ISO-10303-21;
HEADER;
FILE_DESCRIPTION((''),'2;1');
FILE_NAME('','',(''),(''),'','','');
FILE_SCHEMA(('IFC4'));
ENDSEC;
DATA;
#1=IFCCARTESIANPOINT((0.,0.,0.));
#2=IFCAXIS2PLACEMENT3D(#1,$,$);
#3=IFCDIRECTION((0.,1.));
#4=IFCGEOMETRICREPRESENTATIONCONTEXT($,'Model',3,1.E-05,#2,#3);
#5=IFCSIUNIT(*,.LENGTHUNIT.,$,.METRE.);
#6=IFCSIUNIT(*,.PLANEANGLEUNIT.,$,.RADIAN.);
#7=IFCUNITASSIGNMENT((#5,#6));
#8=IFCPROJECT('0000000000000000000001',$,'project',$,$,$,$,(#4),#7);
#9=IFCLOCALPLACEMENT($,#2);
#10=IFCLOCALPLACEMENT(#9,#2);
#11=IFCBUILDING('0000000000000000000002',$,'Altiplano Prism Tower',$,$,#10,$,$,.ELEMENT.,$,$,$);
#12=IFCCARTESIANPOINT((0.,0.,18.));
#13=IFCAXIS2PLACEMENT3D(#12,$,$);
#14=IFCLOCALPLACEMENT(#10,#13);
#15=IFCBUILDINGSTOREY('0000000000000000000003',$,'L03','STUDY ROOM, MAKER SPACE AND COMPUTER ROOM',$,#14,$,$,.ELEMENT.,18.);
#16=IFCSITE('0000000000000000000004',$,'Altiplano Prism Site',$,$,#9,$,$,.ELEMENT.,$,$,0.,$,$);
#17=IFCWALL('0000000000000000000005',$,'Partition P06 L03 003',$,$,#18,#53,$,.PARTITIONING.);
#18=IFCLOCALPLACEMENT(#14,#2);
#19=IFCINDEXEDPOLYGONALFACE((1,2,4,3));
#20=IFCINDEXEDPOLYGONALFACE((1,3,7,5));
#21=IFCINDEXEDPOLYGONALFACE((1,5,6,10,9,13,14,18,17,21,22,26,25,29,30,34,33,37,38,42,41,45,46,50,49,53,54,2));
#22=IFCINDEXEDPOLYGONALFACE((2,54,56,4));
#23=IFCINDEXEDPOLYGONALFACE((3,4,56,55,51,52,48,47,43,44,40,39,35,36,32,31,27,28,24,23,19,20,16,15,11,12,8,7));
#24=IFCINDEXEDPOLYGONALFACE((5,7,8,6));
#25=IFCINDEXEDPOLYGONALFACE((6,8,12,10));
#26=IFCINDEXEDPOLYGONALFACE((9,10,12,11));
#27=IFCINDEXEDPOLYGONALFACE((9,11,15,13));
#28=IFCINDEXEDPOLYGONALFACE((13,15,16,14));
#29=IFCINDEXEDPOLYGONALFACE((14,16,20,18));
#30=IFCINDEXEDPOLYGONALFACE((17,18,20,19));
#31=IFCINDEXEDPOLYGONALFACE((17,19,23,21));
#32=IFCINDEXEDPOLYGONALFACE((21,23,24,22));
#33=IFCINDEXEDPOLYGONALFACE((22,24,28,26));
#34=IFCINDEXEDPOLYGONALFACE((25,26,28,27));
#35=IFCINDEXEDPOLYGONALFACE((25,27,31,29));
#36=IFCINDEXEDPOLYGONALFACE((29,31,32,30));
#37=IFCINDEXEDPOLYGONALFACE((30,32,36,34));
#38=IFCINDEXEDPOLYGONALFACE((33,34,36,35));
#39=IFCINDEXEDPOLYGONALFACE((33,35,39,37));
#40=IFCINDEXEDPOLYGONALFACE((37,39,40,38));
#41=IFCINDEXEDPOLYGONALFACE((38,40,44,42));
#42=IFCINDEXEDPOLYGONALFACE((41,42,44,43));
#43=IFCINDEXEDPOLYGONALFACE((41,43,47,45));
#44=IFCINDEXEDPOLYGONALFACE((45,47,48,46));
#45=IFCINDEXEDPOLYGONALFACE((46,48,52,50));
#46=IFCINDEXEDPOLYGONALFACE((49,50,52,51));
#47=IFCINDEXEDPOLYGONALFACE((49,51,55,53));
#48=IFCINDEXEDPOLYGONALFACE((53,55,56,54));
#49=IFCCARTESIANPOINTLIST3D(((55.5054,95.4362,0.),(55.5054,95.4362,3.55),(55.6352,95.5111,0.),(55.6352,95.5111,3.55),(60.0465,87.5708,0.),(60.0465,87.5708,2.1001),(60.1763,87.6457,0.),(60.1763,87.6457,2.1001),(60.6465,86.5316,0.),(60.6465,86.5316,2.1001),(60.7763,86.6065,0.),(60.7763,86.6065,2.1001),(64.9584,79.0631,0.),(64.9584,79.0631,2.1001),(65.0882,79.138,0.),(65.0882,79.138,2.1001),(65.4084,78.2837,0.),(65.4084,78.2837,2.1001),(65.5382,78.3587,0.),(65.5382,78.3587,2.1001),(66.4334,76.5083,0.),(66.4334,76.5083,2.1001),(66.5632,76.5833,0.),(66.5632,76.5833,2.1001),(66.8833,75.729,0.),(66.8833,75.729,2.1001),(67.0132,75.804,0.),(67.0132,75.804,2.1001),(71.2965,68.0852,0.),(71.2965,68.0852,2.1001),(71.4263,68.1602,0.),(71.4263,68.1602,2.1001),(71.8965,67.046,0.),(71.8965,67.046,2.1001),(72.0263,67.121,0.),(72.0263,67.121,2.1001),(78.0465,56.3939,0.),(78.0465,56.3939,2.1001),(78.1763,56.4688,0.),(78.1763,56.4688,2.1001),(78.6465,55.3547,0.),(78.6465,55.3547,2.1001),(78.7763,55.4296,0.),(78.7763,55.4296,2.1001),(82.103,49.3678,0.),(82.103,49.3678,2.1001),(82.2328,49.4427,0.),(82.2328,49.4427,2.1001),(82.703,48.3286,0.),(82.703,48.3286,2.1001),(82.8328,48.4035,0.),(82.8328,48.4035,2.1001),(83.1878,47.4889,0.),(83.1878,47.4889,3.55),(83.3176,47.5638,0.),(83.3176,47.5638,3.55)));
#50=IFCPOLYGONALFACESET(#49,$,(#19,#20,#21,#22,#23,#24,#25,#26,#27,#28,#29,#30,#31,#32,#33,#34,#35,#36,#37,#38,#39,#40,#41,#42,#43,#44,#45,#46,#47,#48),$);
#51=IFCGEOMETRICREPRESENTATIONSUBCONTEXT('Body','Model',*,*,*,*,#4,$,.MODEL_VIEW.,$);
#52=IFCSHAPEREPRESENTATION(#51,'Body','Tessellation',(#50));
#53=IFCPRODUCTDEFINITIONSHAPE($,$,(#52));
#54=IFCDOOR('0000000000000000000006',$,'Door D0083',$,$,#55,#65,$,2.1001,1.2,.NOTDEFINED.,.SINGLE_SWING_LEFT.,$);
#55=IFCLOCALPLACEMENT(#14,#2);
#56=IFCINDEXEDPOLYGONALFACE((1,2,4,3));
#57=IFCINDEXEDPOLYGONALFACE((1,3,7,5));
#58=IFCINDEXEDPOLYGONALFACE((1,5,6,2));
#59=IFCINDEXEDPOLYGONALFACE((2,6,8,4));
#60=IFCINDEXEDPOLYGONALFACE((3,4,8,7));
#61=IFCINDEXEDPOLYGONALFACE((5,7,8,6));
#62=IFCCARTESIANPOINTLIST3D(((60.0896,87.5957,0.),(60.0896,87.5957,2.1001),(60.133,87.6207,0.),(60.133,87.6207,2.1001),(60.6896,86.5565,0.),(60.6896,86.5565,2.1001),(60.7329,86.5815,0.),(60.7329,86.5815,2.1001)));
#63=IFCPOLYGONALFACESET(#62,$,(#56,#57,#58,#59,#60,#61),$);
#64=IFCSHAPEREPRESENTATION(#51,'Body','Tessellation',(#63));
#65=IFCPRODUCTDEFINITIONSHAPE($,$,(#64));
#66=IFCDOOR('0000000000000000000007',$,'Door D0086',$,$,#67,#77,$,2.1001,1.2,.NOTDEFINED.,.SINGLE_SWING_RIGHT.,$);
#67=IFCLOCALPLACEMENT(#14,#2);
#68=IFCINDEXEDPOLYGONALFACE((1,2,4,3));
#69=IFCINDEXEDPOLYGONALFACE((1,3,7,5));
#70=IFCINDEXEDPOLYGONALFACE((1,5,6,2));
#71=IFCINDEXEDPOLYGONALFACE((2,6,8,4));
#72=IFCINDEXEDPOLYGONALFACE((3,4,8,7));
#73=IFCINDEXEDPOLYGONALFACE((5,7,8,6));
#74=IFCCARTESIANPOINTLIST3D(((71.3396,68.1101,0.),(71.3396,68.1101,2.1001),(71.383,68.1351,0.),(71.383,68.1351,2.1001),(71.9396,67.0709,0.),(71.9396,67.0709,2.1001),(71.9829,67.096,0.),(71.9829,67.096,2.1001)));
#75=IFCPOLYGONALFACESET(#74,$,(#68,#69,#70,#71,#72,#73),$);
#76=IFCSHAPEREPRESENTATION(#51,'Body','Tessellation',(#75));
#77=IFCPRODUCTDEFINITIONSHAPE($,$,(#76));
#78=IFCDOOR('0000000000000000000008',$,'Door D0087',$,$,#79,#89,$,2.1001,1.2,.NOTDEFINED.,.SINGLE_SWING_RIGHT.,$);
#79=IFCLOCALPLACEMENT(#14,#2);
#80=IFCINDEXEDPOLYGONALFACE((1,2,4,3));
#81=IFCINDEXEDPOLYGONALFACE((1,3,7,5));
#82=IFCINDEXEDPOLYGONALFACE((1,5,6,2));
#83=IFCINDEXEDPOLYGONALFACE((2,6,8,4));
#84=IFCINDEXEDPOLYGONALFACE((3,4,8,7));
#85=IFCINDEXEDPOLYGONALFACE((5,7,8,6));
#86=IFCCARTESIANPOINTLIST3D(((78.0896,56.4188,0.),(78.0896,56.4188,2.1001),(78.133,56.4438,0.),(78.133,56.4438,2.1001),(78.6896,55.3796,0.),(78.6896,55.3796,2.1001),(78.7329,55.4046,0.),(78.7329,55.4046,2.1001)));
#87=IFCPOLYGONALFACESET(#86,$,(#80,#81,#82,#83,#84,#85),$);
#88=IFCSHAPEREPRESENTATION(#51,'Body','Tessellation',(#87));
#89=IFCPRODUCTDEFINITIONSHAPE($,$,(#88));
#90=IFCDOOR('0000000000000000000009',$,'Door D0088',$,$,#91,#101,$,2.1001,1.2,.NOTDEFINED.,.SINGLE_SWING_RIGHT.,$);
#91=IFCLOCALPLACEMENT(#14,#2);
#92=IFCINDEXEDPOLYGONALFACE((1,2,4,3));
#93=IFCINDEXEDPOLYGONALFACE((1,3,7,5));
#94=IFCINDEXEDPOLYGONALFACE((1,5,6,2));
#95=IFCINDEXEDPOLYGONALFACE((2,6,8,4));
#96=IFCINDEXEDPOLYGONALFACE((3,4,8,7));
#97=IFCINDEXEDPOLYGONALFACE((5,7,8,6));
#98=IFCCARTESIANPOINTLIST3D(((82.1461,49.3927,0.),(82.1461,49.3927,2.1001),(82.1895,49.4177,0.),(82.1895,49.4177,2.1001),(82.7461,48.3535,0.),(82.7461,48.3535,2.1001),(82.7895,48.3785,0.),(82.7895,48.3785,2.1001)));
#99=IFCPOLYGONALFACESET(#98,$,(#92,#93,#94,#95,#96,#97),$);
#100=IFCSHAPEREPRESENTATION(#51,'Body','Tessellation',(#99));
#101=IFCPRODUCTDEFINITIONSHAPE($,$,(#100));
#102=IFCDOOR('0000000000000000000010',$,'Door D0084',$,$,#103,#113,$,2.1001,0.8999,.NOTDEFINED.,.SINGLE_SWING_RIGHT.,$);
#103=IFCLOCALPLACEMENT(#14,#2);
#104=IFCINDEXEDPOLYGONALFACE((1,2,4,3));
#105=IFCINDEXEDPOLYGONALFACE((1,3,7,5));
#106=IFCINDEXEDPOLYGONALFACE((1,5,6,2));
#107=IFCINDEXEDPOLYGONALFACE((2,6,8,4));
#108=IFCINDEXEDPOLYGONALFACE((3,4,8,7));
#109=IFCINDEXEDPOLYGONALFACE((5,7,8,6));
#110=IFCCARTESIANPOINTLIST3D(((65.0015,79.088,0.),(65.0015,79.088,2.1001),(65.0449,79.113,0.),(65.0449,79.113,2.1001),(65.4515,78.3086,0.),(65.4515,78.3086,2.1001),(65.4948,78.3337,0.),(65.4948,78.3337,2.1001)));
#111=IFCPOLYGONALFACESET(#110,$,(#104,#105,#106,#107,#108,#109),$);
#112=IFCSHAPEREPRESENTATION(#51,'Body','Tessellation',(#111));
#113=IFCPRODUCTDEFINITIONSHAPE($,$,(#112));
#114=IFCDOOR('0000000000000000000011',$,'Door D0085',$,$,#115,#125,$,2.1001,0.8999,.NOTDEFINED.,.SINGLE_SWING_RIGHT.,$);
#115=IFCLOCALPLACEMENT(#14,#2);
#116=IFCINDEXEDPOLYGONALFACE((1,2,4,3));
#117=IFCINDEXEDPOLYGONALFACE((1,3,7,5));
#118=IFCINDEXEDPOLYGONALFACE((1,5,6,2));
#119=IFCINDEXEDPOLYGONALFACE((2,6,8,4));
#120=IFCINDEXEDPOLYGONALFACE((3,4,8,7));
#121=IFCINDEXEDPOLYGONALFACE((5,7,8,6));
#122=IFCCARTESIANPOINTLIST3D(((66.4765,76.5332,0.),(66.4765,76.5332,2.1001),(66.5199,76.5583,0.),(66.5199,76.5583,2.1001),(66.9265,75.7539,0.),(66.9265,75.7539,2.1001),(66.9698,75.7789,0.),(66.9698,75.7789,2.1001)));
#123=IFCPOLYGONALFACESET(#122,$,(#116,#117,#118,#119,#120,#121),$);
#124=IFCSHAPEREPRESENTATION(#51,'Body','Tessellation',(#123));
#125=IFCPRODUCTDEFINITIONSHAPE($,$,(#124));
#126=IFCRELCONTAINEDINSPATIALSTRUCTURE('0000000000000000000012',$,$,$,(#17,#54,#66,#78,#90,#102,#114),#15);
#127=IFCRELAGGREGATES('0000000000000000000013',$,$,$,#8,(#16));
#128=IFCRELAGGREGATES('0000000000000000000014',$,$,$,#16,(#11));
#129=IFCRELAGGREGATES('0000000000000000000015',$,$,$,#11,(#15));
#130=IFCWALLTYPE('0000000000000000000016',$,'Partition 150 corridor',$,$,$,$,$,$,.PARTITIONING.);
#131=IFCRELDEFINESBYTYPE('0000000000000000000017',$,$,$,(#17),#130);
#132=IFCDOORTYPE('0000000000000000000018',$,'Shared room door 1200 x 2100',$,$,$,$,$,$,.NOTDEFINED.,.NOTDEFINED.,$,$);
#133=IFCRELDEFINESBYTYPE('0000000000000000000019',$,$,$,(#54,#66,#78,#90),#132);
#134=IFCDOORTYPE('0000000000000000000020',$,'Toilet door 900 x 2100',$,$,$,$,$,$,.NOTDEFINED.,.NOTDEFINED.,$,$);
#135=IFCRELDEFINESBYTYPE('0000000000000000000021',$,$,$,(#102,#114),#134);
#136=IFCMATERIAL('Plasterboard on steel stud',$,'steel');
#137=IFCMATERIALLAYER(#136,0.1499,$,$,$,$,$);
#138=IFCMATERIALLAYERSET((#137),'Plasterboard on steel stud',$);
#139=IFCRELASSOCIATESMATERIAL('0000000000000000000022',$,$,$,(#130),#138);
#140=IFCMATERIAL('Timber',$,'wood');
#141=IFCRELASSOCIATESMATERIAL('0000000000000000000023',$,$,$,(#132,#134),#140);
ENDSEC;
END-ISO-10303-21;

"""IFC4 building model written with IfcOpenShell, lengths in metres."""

from ifc_helpers import new_model, si_unit, direction, frame, frame_2d, origin, place, context, subcontext, project, spatial, rectangle, extrude, material, layer, layer_set, type_object, element, fill, save


model = new_model("IFC4")

# Units and contexts
model_context = context("Model", 3, precision=1e-05, world=origin(), true_north=direction((0.0, 1.0)))
body_context = subcontext(model_context, "Body", "Model", "MODEL_VIEW")
ifc_project = project(units=[si_unit("LENGTHUNIT", "METRE"), si_unit("PLANEANGLEUNIT", "RADIAN")], contexts=[model_context])

# Site, building, storey
site_placement = place(None, origin())
site = spatial("IfcSite", under=ifc_project, at=site_placement, Name="Altiplano Prism Site", CompositionType="ELEMENT", RefElevation=0.0)
building_placement = place(site_placement, origin())
building = spatial("IfcBuilding", under=site, at=building_placement, Name="Altiplano Prism Tower", CompositionType="ELEMENT")
storey_placement = place(building_placement, frame((0.0, 0.0, 18.0)))
storey = spatial("IfcBuildingStorey", under=building, at=storey_placement, Name="L03", Description="STUDY ROOM, MAKER SPACE AND COMPUTER ROOM", CompositionType="ELEMENT", Elevation=18.0)

# Shared definitions
ifc_material_1 = material(Name="Plasterboard on steel stud", Category="steel")
ifc_layer_1 = layer(ifc_material_1, 0.1499)
ifc_layer_set_1 = layer_set([ifc_layer_1], Name="Plasterboard on steel stud")
wall_type_1 = type_object("IfcWallType", Name="Partition 150 corridor", PredefinedType="PARTITIONING", material=ifc_layer_set_1)

# Shared definitions
ifc_material_2 = material(Name="Timber", Category="wood")

# Wall, openings, doors
wall_1_placement = place(storey_placement, frame((55.5703, 95.4736, 0.0), z_axis=(0.0, 0.0, 1.0), x_axis=(0.5, -0.866025, 0.0)))
wall_1 = element("IfcWall", 1, at=wall_1_placement, inside=storey, type_object=wall_type_1, Name="Partition P06 L03 003", PredefinedType="PARTITIONING", context=body_context, shape_type="SweptSolid", body=[
    extrude(rectangle(XDim=55.3647, YDim=0.1499, at=frame_2d((27.6824, 0.0))), origin(), (0.0, 0.0, 1.0), 3.55),
])
opening_1_placement = place(wall_1_placement, frame((9.082, 0.0, 0.0)))
opening_1 = element("IfcOpeningElement", 2, at=opening_1_placement, cuts=wall_1, PredefinedType="OPENING", context=body_context, shape_type="SweptSolid", body=[
    extrude(rectangle(XDim=1.2, YDim=2.1001, at=frame_2d((0.6001, 1.05))), frame((0.0, 0.0854, 0.0), z_axis=(0.0, -1.0, 0.0), x_axis=(1.0, 0.0, 0.0)), (0.0, 0.0, 1.0), 0.1709),
])
opening_2_placement = place(wall_1_placement, frame((18.906, 0.0, 0.0)))
opening_2 = element("IfcOpeningElement", 3, at=opening_2_placement, cuts=wall_1, PredefinedType="OPENING", context=body_context, shape_type="SweptSolid", body=[
    extrude(rectangle(XDim=0.8999, YDim=2.1001, at=frame_2d((0.45, 1.05))), frame((0.0, 0.0854, 0.0), z_axis=(0.0, -1.0, 0.0), x_axis=(1.0, 0.0, 0.0)), (0.0, 0.0, 1.0), 0.1709),
])
opening_3_placement = place(wall_1_placement, frame((21.856, 0.0, 0.0)))
opening_3 = element("IfcOpeningElement", 4, at=opening_3_placement, cuts=wall_1, PredefinedType="OPENING", context=body_context, shape_type="SweptSolid", body=[
    extrude(rectangle(XDim=0.8999, YDim=2.1001, at=frame_2d((0.45, 1.05))), frame((0.0, 0.0854, 0.0), z_axis=(0.0, -1.0, 0.0), x_axis=(1.0, 0.0, 0.0)), (0.0, 0.0, 1.0), 0.1709),
])
opening_4_placement = place(wall_1_placement, frame((31.582, 0.0, 0.0)))
opening_4 = element("IfcOpeningElement", 5, at=opening_4_placement, cuts=wall_1, PredefinedType="OPENING", context=body_context, shape_type="SweptSolid", body=[
    extrude(rectangle(XDim=1.2, YDim=2.1001, at=frame_2d((0.6001, 1.05))), frame((0.0, 0.0854, 0.0), z_axis=(0.0, -1.0, 0.0), x_axis=(1.0, 0.0, 0.0)), (0.0, 0.0, 1.0), 0.1709),
])
opening_5_placement = place(wall_1_placement, frame((45.082, 0.0, 0.0)))
opening_5 = element("IfcOpeningElement", 6, at=opening_5_placement, cuts=wall_1, PredefinedType="OPENING", context=body_context, shape_type="SweptSolid", body=[
    extrude(rectangle(XDim=1.2, YDim=2.1001, at=frame_2d((0.6001, 1.05))), frame((0.0, 0.0854, 0.0), z_axis=(0.0, -1.0, 0.0), x_axis=(1.0, 0.0, 0.0)), (0.0, 0.0, 1.0), 0.1709),
])
opening_6_placement = place(wall_1_placement, frame((53.1951, 0.0, 0.0)))
opening_6 = element("IfcOpeningElement", 7, at=opening_6_placement, cuts=wall_1, PredefinedType="OPENING", context=body_context, shape_type="SweptSolid", body=[
    extrude(rectangle(XDim=1.2, YDim=2.1001, at=frame_2d((0.6001, 1.05))), frame((0.0, 0.0854, 0.0), z_axis=(0.0, -1.0, 0.0), x_axis=(1.0, 0.0, 0.0)), (0.0, 0.0, 1.0), 0.1709),
])
door_type_1 = type_object("IfcDoorType", Name="Shared room door 1200 x 2100", OperationType="NOTDEFINED", PredefinedType="NOTDEFINED", material=ifc_material_2)
door_1_placement = place(opening_1_placement, origin())
door_1 = element("IfcDoor", 8, at=door_1_placement, inside=storey, type_object=door_type_1, Name="Door D0083", OperationType="SINGLE_SWING_LEFT", OverallHeight=2.1001, OverallWidth=1.2, PredefinedType="NOTDEFINED", context=body_context, shape_type="SweptSolid", body=[
    extrude(rectangle(XDim=1.2, YDim=2.1001, at=frame_2d((0.6001, 1.05))), frame((0.0, 0.0249, 0.0), z_axis=(0.0, -1.0, 0.0), x_axis=(1.0, 0.0, 0.0)), (0.0, 0.0, 1.0), 0.05),
])
fill(opening_1, door_1)
door_2_placement = place(opening_4_placement, origin())
door_2 = element("IfcDoor", 9, at=door_2_placement, inside=storey, type_object=door_type_1, Name="Door D0086", OperationType="SINGLE_SWING_RIGHT", OverallHeight=2.1001, OverallWidth=1.2, PredefinedType="NOTDEFINED", context=body_context, shape_type="SweptSolid", body=[
    extrude(rectangle(XDim=1.2, YDim=2.1001, at=frame_2d((0.6001, 1.05))), frame((0.0, 0.0249, 0.0), z_axis=(0.0, -1.0, 0.0), x_axis=(1.0, 0.0, 0.0)), (0.0, 0.0, 1.0), 0.05),
])
fill(opening_4, door_2)
door_3_placement = place(opening_5_placement, origin())
door_3 = element("IfcDoor", 10, at=door_3_placement, inside=storey, type_object=door_type_1, Name="Door D0087", OperationType="SINGLE_SWING_RIGHT", OverallHeight=2.1001, OverallWidth=1.2, PredefinedType="NOTDEFINED", context=body_context, shape_type="SweptSolid", body=[
    extrude(rectangle(XDim=1.2, YDim=2.1001, at=frame_2d((0.6001, 1.05))), frame((0.0, 0.0249, 0.0), z_axis=(0.0, -1.0, 0.0), x_axis=(1.0, 0.0, 0.0)), (0.0, 0.0, 1.0), 0.05),
])
fill(opening_5, door_3)
door_4_placement = place(opening_6_placement, origin())
door_4 = element("IfcDoor", 11, at=door_4_placement, inside=storey, type_object=door_type_1, Name="Door D0088", OperationType="SINGLE_SWING_RIGHT", OverallHeight=2.1001, OverallWidth=1.2, PredefinedType="NOTDEFINED", context=body_context, shape_type="SweptSolid", body=[
    extrude(rectangle(XDim=1.2, YDim=2.1001, at=frame_2d((0.6001, 1.05))), frame((0.0, 0.0249, 0.0), z_axis=(0.0, -1.0, 0.0), x_axis=(1.0, 0.0, 0.0)), (0.0, 0.0, 1.0), 0.05),
])
fill(opening_6, door_4)
door_type_2 = type_object("IfcDoorType", Name="Toilet door 900 x 2100", OperationType="NOTDEFINED", PredefinedType="NOTDEFINED", material=ifc_material_2)
door_5_placement = place(opening_2_placement, origin())
door_5 = element("IfcDoor", 12, at=door_5_placement, inside=storey, type_object=door_type_2, Name="Door D0084", OperationType="SINGLE_SWING_RIGHT", OverallHeight=2.1001, OverallWidth=0.8999, PredefinedType="NOTDEFINED", context=body_context, shape_type="SweptSolid", body=[
    extrude(rectangle(XDim=0.8999, YDim=2.1001, at=frame_2d((0.45, 1.05))), frame((0.0, 0.0249, 0.0), z_axis=(0.0, -1.0, 0.0), x_axis=(1.0, 0.0, 0.0)), (0.0, 0.0, 1.0), 0.05),
])
fill(opening_2, door_5)
door_6_placement = place(opening_3_placement, origin())
door_6 = element("IfcDoor", 13, at=door_6_placement, inside=storey, type_object=door_type_2, Name="Door D0085", OperationType="SINGLE_SWING_RIGHT", OverallHeight=2.1001, OverallWidth=0.8999, PredefinedType="NOTDEFINED", context=body_context, shape_type="SweptSolid", body=[
    extrude(rectangle(XDim=0.8999, YDim=2.1001, at=frame_2d((0.45, 1.05))), frame((0.0, 0.0249, 0.0), z_axis=(0.0, -1.0, 0.0), x_axis=(1.0, 0.0, 0.0)), (0.0, 0.0, 1.0), 0.05),
])
fill(opening_3, door_6)

save(model, "model.ifc")
